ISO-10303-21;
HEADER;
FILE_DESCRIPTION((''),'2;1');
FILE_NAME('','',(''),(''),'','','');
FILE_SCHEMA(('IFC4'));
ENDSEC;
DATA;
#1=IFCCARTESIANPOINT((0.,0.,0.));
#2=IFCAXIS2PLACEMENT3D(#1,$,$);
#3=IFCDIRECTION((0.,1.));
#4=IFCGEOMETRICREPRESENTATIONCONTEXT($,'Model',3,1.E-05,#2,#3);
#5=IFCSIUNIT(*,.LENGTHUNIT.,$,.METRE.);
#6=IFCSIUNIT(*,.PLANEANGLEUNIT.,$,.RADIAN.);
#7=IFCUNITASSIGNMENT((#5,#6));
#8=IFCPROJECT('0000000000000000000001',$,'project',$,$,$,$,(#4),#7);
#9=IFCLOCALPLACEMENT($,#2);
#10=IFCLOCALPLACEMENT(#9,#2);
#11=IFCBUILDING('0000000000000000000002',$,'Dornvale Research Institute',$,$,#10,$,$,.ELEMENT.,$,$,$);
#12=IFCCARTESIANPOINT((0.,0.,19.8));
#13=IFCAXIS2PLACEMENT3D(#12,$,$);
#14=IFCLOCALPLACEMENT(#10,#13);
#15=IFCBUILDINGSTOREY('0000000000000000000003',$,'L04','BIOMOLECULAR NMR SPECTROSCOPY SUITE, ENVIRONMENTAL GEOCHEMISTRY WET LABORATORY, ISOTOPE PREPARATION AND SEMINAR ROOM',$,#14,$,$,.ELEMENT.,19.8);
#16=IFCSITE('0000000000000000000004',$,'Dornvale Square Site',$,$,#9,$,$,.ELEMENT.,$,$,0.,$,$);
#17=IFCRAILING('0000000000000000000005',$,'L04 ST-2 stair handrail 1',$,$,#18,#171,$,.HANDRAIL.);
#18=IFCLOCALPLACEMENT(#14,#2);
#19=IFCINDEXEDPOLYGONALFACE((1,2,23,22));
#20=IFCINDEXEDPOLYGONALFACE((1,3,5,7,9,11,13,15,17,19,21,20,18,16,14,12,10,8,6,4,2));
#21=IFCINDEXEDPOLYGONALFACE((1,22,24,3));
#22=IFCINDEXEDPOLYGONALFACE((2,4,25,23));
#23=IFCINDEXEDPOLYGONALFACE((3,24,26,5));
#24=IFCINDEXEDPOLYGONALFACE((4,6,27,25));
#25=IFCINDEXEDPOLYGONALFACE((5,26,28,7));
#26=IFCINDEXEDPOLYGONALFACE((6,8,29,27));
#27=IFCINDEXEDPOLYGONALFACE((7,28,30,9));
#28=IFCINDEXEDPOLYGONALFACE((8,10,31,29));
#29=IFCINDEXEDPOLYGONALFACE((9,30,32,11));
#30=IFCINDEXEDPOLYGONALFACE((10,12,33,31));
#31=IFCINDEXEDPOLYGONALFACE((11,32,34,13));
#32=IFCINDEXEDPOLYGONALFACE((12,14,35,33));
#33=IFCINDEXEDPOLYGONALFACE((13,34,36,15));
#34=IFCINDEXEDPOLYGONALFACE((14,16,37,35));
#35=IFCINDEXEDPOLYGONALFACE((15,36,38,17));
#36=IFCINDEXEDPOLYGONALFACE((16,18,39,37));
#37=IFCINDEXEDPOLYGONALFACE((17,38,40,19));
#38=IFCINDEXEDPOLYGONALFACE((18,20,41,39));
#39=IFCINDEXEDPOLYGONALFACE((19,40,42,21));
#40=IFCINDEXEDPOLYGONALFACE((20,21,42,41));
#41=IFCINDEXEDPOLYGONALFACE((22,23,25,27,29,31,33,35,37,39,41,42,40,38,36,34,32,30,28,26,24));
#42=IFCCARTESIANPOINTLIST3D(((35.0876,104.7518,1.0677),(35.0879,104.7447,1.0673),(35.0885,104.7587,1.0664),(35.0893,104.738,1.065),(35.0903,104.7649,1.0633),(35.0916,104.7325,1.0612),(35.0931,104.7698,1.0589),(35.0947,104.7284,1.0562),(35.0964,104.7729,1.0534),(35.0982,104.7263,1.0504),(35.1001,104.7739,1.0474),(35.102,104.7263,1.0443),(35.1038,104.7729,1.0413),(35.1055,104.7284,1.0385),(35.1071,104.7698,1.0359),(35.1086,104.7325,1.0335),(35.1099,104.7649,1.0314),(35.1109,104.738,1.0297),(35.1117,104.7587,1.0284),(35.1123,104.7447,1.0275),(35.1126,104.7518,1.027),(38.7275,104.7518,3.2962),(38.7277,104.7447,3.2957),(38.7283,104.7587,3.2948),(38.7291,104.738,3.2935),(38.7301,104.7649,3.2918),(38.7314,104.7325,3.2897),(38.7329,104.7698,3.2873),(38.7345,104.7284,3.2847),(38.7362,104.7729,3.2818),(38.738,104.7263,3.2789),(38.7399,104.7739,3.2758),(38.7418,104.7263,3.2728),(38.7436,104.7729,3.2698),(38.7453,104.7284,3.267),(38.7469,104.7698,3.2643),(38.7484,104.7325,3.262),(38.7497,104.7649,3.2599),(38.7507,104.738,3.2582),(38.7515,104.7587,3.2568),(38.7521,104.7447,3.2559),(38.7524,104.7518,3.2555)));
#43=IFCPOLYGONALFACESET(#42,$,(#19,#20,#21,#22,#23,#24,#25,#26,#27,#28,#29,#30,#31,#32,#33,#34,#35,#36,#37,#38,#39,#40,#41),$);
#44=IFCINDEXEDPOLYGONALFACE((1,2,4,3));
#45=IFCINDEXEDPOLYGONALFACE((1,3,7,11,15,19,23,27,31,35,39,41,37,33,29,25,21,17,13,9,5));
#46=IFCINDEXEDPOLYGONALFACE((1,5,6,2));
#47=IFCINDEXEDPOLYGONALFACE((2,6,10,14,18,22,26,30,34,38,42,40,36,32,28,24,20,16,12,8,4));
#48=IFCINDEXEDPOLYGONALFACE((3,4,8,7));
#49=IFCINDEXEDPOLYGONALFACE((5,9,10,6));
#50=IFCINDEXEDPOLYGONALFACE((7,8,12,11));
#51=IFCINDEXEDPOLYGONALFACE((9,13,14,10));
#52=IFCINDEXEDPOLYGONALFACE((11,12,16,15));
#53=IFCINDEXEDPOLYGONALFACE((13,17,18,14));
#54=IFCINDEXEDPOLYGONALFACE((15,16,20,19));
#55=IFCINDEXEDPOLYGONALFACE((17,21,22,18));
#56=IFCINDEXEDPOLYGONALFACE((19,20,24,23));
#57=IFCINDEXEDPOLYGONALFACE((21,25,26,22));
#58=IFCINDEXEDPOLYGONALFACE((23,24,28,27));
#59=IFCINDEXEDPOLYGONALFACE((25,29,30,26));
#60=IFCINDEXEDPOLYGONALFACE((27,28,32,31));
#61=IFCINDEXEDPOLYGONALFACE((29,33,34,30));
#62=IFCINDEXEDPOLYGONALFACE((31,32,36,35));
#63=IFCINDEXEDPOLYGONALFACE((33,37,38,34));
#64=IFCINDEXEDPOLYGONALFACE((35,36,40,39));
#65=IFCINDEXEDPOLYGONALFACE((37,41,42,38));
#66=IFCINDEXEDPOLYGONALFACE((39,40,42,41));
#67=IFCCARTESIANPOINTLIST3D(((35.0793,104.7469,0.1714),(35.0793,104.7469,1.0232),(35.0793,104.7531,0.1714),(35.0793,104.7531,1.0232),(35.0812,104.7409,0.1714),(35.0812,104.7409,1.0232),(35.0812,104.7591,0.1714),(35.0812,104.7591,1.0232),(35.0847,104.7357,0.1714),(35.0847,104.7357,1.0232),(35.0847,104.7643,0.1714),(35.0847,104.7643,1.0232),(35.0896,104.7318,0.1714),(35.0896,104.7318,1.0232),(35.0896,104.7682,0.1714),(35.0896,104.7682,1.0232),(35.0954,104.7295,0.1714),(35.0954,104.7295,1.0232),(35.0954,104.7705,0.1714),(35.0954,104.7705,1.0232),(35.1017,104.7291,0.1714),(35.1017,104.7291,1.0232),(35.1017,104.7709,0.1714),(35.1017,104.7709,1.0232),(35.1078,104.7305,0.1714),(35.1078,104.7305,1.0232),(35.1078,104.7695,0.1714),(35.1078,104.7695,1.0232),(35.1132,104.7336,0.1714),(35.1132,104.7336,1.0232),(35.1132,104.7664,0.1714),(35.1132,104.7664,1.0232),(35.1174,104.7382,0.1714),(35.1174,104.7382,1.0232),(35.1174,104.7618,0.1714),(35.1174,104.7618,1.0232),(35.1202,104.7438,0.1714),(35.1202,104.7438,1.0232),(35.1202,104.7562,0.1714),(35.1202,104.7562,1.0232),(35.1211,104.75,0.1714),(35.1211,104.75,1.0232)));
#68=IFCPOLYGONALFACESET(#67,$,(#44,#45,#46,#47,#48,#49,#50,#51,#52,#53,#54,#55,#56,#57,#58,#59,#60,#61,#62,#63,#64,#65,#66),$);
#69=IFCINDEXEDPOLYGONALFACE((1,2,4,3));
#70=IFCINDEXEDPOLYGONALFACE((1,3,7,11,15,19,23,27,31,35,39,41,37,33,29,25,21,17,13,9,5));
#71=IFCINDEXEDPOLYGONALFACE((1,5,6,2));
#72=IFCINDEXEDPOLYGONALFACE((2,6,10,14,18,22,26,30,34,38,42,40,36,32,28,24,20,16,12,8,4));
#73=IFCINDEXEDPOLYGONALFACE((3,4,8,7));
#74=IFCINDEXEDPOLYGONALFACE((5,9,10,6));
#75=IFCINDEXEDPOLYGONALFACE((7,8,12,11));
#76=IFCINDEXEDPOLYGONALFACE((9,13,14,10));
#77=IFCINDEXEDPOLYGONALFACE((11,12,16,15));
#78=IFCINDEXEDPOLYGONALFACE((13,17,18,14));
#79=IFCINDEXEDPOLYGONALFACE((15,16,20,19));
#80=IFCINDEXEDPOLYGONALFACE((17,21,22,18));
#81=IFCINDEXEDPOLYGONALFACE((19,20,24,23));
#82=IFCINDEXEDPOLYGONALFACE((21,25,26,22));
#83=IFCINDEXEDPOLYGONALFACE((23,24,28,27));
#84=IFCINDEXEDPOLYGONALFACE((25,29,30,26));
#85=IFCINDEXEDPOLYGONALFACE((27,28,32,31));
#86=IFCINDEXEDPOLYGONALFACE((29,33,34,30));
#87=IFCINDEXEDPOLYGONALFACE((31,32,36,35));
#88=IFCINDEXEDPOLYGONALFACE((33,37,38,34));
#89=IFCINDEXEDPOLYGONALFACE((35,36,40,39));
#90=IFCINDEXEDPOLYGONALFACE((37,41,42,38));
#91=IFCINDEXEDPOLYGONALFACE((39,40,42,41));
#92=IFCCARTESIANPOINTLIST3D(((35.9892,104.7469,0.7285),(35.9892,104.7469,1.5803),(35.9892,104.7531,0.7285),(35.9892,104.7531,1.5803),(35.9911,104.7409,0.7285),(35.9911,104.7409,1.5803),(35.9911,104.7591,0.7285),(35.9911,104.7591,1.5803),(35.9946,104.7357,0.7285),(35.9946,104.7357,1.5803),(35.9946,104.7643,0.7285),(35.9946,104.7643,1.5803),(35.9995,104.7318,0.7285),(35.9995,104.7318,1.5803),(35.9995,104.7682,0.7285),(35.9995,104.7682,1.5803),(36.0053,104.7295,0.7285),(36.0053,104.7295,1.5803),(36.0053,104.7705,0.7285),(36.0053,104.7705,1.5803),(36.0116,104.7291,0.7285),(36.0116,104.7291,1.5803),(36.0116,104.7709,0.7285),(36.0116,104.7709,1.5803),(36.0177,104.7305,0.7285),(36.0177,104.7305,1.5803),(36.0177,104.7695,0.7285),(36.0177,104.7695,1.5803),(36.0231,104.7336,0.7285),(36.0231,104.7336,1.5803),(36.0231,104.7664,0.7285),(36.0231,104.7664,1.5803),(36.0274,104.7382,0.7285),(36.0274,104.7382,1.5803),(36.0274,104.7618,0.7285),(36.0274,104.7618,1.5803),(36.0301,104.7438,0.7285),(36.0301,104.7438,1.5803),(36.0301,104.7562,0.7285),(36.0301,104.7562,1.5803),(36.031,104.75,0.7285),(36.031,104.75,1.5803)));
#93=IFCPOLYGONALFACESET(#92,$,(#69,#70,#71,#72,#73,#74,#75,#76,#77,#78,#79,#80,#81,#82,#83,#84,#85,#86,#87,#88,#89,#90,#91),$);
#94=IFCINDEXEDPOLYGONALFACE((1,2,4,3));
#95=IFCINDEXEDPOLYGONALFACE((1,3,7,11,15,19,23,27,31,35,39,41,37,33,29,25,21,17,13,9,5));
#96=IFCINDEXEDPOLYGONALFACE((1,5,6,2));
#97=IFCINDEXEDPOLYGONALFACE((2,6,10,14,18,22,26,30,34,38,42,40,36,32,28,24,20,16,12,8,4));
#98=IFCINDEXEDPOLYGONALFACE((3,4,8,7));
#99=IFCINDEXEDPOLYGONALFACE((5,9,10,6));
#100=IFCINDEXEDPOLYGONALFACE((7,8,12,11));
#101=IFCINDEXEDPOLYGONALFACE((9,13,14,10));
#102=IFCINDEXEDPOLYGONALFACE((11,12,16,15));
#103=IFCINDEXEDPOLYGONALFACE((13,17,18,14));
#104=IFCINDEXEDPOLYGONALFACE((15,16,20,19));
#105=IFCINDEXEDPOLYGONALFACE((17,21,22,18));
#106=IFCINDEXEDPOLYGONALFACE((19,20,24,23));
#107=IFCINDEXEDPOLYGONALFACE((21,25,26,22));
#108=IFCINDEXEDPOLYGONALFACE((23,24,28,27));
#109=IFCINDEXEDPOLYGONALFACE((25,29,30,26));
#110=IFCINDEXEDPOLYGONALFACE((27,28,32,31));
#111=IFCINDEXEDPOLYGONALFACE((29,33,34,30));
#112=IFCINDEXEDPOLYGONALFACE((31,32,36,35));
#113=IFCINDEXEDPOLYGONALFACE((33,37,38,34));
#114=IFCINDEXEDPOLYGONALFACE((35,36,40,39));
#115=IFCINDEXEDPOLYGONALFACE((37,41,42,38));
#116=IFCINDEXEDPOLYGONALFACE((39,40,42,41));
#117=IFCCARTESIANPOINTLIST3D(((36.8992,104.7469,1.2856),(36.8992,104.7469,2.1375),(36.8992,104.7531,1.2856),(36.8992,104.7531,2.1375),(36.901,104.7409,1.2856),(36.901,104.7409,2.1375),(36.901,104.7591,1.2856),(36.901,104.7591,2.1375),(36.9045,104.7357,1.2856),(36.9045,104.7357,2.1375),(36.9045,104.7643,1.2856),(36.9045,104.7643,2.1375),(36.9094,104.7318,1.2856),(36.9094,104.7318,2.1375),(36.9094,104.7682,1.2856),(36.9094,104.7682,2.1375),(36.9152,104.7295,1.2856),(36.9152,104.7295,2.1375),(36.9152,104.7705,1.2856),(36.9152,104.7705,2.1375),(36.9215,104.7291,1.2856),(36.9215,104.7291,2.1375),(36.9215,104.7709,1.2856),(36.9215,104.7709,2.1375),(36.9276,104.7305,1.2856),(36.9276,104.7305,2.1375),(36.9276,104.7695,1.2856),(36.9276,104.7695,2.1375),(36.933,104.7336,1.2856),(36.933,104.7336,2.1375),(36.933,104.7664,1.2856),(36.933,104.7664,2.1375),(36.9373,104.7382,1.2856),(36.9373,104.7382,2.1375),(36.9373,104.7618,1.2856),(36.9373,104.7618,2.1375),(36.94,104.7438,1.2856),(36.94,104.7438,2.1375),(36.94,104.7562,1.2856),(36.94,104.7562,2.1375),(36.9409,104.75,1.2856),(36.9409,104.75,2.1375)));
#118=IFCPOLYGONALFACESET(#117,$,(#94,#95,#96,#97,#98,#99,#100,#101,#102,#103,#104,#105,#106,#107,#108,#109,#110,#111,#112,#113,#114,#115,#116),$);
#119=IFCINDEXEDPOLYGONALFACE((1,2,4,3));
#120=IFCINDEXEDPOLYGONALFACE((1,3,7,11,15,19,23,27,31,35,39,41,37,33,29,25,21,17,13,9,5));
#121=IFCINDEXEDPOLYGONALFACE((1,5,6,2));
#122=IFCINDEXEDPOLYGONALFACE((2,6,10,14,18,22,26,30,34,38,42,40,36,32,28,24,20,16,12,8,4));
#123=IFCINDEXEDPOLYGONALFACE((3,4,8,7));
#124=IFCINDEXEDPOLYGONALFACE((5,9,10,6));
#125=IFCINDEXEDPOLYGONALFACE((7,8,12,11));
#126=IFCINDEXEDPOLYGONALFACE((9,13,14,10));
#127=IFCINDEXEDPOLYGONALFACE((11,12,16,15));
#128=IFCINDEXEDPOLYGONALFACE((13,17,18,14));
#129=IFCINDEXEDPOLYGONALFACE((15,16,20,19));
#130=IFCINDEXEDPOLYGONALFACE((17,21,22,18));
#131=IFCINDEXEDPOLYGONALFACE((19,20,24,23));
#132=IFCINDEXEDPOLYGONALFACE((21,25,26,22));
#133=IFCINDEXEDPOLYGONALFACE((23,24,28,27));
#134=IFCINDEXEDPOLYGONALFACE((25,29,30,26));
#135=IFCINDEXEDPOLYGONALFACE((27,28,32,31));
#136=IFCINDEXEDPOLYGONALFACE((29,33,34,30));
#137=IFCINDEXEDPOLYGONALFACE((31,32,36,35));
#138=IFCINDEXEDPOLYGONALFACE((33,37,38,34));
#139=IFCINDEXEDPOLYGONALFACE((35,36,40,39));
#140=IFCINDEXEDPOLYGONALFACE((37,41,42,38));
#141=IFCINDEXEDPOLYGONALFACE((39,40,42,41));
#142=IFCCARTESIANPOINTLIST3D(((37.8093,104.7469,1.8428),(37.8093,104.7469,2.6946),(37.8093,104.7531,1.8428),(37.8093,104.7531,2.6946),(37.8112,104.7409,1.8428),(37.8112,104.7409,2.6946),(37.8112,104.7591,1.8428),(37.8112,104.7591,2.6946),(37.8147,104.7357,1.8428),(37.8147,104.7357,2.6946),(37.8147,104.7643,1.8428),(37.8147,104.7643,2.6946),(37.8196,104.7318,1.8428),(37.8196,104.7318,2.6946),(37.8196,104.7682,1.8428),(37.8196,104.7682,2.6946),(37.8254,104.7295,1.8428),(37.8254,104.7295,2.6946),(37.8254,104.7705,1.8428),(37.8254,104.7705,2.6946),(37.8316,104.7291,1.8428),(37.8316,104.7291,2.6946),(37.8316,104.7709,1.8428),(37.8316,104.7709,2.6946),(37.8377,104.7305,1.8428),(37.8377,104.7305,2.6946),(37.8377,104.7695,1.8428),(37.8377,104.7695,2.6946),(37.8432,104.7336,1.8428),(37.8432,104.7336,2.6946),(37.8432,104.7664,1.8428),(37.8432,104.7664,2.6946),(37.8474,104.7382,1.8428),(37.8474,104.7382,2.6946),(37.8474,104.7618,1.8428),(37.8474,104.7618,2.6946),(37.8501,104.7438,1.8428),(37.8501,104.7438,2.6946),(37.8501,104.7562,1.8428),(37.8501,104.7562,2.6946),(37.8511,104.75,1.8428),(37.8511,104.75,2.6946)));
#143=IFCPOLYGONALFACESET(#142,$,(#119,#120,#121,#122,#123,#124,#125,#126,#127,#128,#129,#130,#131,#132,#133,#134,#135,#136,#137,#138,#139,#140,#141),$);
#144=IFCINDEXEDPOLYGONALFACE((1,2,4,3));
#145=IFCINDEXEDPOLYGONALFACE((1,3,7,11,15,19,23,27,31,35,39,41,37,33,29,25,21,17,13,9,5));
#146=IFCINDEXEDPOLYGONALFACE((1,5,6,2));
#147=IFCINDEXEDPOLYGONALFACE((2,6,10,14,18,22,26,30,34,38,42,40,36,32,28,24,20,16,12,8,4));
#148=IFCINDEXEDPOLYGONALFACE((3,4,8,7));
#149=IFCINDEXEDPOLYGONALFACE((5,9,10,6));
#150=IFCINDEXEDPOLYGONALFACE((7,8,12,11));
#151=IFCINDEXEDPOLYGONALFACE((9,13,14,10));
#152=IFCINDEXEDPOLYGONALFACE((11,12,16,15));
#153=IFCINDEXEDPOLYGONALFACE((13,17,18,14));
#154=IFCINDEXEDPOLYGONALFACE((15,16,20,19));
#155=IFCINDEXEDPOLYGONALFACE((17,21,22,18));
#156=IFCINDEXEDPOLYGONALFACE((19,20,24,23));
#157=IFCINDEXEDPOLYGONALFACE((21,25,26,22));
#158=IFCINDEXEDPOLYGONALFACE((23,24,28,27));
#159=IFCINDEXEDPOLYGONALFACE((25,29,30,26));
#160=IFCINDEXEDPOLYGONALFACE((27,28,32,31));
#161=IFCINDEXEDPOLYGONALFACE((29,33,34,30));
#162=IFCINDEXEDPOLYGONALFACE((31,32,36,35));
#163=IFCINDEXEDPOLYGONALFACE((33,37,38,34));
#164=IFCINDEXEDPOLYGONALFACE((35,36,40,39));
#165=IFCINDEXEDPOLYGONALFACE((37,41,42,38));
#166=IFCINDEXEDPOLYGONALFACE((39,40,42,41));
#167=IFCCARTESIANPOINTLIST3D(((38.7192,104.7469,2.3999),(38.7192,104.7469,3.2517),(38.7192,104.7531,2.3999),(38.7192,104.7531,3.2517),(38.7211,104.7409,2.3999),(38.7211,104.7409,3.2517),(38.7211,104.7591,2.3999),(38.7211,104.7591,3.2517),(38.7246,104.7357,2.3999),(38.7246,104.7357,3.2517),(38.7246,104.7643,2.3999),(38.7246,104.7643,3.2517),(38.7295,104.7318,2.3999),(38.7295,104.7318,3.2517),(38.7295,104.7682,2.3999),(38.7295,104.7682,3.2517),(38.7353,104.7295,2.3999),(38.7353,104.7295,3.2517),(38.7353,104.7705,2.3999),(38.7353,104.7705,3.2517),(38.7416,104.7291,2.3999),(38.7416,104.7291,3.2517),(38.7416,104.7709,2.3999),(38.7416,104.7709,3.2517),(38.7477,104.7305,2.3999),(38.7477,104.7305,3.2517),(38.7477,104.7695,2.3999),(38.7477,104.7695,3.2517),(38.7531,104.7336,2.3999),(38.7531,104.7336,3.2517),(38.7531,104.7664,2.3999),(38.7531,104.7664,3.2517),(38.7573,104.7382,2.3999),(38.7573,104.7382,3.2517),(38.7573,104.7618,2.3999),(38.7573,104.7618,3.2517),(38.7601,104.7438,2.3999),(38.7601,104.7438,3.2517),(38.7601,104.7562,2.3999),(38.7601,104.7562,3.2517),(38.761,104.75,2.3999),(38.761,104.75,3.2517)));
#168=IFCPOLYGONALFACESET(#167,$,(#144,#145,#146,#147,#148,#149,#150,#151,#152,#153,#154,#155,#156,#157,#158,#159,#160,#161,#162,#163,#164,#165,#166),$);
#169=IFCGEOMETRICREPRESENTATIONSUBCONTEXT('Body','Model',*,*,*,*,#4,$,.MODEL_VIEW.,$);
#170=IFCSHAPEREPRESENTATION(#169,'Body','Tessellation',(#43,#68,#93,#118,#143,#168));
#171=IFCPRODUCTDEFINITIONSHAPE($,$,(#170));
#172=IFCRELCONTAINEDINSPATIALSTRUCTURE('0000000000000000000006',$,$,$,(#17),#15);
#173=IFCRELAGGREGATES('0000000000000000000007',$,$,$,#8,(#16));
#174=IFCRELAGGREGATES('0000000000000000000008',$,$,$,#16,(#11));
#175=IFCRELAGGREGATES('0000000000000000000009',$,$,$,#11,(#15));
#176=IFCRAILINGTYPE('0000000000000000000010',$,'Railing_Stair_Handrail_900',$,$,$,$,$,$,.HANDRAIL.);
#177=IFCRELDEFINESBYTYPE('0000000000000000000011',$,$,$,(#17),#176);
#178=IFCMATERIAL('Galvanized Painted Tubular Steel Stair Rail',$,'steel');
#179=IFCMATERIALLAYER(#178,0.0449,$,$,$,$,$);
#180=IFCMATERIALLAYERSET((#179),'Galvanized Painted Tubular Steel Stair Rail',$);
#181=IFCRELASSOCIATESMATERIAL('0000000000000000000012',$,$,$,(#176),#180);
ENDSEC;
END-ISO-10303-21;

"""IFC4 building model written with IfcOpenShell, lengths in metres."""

from ifc_helpers import new_model, si_unit, direction, frame, origin, origin_2d, place, context, subcontext, project, spatial, circle, extrude, material, layer, layer_set, type_object, element, save


model = new_model("IFC4")

# Units and contexts
model_context = context("Model", 3, precision=1e-05, world=origin(), true_north=direction((0.0, 1.0)))
body_context = subcontext(model_context, "Body", "Model", "MODEL_VIEW")
ifc_project = project(units=[si_unit("LENGTHUNIT", "METRE"), si_unit("PLANEANGLEUNIT", "RADIAN")], contexts=[model_context])

# Site, building, storey
site_placement = place(None, origin())
site = spatial("IfcSite", under=ifc_project, at=site_placement, Name="Dornvale Square Site", CompositionType="ELEMENT", RefElevation=0.0)
building_placement = place(site_placement, origin())
building = spatial("IfcBuilding", under=site, at=building_placement, Name="Dornvale Research Institute", CompositionType="ELEMENT")
storey_placement = place(building_placement, frame((0.0, 0.0, 19.8)))
storey = spatial("IfcBuildingStorey", under=building, at=storey_placement, Name="L04", Description="BIOMOLECULAR NMR SPECTROSCOPY SUITE, ENVIRONMENTAL GEOCHEMISTRY WET LABORATORY, ISOTOPE PREPARATION AND SEMINAR ROOM", CompositionType="ELEMENT", Elevation=19.8)

# Railing
ifc_material_1 = material(Name="Galvanized Painted Tubular Steel Stair Rail", Category="steel")
ifc_layer_1 = layer(ifc_material_1, 0.0449)
ifc_layer_set_1 = layer_set([ifc_layer_1], Name="Galvanized Painted Tubular Steel Stair Rail")
railing_type_1 = type_object("IfcRailingType", Name="Railing_Stair_Handrail_900", PredefinedType="HANDRAIL", material=ifc_layer_set_1)
railing_1_placement = place(storey_placement, frame((35.1001, 104.75, 0.1714)))
element("IfcRailing", 1, at=railing_1_placement, inside=storey, type_object=railing_type_1, Name="L04 ST-2 stair handrail 1", PredefinedType="HANDRAIL", context=body_context, shape_type="SweptSolid", body=[
    extrude(circle(Radius=0.0239, at=origin_2d()), frame((0.0, 0.0, 0.876), z_axis=(0.85285, 0.0, 0.522156), x_axis=(0.0, 1.0, 0.0)), (0.0, 0.0, 1.0), 4.2678),
    extrude(circle(Radius=0.021, at=origin_2d()), origin(), (0.0, 0.0, 1.0), 0.8518),
    extrude(circle(Radius=0.021, at=origin_2d()), frame((0.9099, 0.0, 0.5571)), (0.0, 0.0, 1.0), 0.8518),
    extrude(circle(Radius=0.021, at=origin_2d()), frame((1.8198, 0.0, 1.1143)), (0.0, 0.0, 1.0), 0.8518),
    extrude(circle(Radius=0.021, at=origin_2d()), frame((2.73, 0.0, 1.6714)), (0.0, 0.0, 1.0), 0.8518),
    extrude(circle(Radius=0.021, at=origin_2d()), frame((3.6399, 0.0, 2.2285)), (0.0, 0.0, 1.0), 0.8518),
])

save(model, "model.ifc")
